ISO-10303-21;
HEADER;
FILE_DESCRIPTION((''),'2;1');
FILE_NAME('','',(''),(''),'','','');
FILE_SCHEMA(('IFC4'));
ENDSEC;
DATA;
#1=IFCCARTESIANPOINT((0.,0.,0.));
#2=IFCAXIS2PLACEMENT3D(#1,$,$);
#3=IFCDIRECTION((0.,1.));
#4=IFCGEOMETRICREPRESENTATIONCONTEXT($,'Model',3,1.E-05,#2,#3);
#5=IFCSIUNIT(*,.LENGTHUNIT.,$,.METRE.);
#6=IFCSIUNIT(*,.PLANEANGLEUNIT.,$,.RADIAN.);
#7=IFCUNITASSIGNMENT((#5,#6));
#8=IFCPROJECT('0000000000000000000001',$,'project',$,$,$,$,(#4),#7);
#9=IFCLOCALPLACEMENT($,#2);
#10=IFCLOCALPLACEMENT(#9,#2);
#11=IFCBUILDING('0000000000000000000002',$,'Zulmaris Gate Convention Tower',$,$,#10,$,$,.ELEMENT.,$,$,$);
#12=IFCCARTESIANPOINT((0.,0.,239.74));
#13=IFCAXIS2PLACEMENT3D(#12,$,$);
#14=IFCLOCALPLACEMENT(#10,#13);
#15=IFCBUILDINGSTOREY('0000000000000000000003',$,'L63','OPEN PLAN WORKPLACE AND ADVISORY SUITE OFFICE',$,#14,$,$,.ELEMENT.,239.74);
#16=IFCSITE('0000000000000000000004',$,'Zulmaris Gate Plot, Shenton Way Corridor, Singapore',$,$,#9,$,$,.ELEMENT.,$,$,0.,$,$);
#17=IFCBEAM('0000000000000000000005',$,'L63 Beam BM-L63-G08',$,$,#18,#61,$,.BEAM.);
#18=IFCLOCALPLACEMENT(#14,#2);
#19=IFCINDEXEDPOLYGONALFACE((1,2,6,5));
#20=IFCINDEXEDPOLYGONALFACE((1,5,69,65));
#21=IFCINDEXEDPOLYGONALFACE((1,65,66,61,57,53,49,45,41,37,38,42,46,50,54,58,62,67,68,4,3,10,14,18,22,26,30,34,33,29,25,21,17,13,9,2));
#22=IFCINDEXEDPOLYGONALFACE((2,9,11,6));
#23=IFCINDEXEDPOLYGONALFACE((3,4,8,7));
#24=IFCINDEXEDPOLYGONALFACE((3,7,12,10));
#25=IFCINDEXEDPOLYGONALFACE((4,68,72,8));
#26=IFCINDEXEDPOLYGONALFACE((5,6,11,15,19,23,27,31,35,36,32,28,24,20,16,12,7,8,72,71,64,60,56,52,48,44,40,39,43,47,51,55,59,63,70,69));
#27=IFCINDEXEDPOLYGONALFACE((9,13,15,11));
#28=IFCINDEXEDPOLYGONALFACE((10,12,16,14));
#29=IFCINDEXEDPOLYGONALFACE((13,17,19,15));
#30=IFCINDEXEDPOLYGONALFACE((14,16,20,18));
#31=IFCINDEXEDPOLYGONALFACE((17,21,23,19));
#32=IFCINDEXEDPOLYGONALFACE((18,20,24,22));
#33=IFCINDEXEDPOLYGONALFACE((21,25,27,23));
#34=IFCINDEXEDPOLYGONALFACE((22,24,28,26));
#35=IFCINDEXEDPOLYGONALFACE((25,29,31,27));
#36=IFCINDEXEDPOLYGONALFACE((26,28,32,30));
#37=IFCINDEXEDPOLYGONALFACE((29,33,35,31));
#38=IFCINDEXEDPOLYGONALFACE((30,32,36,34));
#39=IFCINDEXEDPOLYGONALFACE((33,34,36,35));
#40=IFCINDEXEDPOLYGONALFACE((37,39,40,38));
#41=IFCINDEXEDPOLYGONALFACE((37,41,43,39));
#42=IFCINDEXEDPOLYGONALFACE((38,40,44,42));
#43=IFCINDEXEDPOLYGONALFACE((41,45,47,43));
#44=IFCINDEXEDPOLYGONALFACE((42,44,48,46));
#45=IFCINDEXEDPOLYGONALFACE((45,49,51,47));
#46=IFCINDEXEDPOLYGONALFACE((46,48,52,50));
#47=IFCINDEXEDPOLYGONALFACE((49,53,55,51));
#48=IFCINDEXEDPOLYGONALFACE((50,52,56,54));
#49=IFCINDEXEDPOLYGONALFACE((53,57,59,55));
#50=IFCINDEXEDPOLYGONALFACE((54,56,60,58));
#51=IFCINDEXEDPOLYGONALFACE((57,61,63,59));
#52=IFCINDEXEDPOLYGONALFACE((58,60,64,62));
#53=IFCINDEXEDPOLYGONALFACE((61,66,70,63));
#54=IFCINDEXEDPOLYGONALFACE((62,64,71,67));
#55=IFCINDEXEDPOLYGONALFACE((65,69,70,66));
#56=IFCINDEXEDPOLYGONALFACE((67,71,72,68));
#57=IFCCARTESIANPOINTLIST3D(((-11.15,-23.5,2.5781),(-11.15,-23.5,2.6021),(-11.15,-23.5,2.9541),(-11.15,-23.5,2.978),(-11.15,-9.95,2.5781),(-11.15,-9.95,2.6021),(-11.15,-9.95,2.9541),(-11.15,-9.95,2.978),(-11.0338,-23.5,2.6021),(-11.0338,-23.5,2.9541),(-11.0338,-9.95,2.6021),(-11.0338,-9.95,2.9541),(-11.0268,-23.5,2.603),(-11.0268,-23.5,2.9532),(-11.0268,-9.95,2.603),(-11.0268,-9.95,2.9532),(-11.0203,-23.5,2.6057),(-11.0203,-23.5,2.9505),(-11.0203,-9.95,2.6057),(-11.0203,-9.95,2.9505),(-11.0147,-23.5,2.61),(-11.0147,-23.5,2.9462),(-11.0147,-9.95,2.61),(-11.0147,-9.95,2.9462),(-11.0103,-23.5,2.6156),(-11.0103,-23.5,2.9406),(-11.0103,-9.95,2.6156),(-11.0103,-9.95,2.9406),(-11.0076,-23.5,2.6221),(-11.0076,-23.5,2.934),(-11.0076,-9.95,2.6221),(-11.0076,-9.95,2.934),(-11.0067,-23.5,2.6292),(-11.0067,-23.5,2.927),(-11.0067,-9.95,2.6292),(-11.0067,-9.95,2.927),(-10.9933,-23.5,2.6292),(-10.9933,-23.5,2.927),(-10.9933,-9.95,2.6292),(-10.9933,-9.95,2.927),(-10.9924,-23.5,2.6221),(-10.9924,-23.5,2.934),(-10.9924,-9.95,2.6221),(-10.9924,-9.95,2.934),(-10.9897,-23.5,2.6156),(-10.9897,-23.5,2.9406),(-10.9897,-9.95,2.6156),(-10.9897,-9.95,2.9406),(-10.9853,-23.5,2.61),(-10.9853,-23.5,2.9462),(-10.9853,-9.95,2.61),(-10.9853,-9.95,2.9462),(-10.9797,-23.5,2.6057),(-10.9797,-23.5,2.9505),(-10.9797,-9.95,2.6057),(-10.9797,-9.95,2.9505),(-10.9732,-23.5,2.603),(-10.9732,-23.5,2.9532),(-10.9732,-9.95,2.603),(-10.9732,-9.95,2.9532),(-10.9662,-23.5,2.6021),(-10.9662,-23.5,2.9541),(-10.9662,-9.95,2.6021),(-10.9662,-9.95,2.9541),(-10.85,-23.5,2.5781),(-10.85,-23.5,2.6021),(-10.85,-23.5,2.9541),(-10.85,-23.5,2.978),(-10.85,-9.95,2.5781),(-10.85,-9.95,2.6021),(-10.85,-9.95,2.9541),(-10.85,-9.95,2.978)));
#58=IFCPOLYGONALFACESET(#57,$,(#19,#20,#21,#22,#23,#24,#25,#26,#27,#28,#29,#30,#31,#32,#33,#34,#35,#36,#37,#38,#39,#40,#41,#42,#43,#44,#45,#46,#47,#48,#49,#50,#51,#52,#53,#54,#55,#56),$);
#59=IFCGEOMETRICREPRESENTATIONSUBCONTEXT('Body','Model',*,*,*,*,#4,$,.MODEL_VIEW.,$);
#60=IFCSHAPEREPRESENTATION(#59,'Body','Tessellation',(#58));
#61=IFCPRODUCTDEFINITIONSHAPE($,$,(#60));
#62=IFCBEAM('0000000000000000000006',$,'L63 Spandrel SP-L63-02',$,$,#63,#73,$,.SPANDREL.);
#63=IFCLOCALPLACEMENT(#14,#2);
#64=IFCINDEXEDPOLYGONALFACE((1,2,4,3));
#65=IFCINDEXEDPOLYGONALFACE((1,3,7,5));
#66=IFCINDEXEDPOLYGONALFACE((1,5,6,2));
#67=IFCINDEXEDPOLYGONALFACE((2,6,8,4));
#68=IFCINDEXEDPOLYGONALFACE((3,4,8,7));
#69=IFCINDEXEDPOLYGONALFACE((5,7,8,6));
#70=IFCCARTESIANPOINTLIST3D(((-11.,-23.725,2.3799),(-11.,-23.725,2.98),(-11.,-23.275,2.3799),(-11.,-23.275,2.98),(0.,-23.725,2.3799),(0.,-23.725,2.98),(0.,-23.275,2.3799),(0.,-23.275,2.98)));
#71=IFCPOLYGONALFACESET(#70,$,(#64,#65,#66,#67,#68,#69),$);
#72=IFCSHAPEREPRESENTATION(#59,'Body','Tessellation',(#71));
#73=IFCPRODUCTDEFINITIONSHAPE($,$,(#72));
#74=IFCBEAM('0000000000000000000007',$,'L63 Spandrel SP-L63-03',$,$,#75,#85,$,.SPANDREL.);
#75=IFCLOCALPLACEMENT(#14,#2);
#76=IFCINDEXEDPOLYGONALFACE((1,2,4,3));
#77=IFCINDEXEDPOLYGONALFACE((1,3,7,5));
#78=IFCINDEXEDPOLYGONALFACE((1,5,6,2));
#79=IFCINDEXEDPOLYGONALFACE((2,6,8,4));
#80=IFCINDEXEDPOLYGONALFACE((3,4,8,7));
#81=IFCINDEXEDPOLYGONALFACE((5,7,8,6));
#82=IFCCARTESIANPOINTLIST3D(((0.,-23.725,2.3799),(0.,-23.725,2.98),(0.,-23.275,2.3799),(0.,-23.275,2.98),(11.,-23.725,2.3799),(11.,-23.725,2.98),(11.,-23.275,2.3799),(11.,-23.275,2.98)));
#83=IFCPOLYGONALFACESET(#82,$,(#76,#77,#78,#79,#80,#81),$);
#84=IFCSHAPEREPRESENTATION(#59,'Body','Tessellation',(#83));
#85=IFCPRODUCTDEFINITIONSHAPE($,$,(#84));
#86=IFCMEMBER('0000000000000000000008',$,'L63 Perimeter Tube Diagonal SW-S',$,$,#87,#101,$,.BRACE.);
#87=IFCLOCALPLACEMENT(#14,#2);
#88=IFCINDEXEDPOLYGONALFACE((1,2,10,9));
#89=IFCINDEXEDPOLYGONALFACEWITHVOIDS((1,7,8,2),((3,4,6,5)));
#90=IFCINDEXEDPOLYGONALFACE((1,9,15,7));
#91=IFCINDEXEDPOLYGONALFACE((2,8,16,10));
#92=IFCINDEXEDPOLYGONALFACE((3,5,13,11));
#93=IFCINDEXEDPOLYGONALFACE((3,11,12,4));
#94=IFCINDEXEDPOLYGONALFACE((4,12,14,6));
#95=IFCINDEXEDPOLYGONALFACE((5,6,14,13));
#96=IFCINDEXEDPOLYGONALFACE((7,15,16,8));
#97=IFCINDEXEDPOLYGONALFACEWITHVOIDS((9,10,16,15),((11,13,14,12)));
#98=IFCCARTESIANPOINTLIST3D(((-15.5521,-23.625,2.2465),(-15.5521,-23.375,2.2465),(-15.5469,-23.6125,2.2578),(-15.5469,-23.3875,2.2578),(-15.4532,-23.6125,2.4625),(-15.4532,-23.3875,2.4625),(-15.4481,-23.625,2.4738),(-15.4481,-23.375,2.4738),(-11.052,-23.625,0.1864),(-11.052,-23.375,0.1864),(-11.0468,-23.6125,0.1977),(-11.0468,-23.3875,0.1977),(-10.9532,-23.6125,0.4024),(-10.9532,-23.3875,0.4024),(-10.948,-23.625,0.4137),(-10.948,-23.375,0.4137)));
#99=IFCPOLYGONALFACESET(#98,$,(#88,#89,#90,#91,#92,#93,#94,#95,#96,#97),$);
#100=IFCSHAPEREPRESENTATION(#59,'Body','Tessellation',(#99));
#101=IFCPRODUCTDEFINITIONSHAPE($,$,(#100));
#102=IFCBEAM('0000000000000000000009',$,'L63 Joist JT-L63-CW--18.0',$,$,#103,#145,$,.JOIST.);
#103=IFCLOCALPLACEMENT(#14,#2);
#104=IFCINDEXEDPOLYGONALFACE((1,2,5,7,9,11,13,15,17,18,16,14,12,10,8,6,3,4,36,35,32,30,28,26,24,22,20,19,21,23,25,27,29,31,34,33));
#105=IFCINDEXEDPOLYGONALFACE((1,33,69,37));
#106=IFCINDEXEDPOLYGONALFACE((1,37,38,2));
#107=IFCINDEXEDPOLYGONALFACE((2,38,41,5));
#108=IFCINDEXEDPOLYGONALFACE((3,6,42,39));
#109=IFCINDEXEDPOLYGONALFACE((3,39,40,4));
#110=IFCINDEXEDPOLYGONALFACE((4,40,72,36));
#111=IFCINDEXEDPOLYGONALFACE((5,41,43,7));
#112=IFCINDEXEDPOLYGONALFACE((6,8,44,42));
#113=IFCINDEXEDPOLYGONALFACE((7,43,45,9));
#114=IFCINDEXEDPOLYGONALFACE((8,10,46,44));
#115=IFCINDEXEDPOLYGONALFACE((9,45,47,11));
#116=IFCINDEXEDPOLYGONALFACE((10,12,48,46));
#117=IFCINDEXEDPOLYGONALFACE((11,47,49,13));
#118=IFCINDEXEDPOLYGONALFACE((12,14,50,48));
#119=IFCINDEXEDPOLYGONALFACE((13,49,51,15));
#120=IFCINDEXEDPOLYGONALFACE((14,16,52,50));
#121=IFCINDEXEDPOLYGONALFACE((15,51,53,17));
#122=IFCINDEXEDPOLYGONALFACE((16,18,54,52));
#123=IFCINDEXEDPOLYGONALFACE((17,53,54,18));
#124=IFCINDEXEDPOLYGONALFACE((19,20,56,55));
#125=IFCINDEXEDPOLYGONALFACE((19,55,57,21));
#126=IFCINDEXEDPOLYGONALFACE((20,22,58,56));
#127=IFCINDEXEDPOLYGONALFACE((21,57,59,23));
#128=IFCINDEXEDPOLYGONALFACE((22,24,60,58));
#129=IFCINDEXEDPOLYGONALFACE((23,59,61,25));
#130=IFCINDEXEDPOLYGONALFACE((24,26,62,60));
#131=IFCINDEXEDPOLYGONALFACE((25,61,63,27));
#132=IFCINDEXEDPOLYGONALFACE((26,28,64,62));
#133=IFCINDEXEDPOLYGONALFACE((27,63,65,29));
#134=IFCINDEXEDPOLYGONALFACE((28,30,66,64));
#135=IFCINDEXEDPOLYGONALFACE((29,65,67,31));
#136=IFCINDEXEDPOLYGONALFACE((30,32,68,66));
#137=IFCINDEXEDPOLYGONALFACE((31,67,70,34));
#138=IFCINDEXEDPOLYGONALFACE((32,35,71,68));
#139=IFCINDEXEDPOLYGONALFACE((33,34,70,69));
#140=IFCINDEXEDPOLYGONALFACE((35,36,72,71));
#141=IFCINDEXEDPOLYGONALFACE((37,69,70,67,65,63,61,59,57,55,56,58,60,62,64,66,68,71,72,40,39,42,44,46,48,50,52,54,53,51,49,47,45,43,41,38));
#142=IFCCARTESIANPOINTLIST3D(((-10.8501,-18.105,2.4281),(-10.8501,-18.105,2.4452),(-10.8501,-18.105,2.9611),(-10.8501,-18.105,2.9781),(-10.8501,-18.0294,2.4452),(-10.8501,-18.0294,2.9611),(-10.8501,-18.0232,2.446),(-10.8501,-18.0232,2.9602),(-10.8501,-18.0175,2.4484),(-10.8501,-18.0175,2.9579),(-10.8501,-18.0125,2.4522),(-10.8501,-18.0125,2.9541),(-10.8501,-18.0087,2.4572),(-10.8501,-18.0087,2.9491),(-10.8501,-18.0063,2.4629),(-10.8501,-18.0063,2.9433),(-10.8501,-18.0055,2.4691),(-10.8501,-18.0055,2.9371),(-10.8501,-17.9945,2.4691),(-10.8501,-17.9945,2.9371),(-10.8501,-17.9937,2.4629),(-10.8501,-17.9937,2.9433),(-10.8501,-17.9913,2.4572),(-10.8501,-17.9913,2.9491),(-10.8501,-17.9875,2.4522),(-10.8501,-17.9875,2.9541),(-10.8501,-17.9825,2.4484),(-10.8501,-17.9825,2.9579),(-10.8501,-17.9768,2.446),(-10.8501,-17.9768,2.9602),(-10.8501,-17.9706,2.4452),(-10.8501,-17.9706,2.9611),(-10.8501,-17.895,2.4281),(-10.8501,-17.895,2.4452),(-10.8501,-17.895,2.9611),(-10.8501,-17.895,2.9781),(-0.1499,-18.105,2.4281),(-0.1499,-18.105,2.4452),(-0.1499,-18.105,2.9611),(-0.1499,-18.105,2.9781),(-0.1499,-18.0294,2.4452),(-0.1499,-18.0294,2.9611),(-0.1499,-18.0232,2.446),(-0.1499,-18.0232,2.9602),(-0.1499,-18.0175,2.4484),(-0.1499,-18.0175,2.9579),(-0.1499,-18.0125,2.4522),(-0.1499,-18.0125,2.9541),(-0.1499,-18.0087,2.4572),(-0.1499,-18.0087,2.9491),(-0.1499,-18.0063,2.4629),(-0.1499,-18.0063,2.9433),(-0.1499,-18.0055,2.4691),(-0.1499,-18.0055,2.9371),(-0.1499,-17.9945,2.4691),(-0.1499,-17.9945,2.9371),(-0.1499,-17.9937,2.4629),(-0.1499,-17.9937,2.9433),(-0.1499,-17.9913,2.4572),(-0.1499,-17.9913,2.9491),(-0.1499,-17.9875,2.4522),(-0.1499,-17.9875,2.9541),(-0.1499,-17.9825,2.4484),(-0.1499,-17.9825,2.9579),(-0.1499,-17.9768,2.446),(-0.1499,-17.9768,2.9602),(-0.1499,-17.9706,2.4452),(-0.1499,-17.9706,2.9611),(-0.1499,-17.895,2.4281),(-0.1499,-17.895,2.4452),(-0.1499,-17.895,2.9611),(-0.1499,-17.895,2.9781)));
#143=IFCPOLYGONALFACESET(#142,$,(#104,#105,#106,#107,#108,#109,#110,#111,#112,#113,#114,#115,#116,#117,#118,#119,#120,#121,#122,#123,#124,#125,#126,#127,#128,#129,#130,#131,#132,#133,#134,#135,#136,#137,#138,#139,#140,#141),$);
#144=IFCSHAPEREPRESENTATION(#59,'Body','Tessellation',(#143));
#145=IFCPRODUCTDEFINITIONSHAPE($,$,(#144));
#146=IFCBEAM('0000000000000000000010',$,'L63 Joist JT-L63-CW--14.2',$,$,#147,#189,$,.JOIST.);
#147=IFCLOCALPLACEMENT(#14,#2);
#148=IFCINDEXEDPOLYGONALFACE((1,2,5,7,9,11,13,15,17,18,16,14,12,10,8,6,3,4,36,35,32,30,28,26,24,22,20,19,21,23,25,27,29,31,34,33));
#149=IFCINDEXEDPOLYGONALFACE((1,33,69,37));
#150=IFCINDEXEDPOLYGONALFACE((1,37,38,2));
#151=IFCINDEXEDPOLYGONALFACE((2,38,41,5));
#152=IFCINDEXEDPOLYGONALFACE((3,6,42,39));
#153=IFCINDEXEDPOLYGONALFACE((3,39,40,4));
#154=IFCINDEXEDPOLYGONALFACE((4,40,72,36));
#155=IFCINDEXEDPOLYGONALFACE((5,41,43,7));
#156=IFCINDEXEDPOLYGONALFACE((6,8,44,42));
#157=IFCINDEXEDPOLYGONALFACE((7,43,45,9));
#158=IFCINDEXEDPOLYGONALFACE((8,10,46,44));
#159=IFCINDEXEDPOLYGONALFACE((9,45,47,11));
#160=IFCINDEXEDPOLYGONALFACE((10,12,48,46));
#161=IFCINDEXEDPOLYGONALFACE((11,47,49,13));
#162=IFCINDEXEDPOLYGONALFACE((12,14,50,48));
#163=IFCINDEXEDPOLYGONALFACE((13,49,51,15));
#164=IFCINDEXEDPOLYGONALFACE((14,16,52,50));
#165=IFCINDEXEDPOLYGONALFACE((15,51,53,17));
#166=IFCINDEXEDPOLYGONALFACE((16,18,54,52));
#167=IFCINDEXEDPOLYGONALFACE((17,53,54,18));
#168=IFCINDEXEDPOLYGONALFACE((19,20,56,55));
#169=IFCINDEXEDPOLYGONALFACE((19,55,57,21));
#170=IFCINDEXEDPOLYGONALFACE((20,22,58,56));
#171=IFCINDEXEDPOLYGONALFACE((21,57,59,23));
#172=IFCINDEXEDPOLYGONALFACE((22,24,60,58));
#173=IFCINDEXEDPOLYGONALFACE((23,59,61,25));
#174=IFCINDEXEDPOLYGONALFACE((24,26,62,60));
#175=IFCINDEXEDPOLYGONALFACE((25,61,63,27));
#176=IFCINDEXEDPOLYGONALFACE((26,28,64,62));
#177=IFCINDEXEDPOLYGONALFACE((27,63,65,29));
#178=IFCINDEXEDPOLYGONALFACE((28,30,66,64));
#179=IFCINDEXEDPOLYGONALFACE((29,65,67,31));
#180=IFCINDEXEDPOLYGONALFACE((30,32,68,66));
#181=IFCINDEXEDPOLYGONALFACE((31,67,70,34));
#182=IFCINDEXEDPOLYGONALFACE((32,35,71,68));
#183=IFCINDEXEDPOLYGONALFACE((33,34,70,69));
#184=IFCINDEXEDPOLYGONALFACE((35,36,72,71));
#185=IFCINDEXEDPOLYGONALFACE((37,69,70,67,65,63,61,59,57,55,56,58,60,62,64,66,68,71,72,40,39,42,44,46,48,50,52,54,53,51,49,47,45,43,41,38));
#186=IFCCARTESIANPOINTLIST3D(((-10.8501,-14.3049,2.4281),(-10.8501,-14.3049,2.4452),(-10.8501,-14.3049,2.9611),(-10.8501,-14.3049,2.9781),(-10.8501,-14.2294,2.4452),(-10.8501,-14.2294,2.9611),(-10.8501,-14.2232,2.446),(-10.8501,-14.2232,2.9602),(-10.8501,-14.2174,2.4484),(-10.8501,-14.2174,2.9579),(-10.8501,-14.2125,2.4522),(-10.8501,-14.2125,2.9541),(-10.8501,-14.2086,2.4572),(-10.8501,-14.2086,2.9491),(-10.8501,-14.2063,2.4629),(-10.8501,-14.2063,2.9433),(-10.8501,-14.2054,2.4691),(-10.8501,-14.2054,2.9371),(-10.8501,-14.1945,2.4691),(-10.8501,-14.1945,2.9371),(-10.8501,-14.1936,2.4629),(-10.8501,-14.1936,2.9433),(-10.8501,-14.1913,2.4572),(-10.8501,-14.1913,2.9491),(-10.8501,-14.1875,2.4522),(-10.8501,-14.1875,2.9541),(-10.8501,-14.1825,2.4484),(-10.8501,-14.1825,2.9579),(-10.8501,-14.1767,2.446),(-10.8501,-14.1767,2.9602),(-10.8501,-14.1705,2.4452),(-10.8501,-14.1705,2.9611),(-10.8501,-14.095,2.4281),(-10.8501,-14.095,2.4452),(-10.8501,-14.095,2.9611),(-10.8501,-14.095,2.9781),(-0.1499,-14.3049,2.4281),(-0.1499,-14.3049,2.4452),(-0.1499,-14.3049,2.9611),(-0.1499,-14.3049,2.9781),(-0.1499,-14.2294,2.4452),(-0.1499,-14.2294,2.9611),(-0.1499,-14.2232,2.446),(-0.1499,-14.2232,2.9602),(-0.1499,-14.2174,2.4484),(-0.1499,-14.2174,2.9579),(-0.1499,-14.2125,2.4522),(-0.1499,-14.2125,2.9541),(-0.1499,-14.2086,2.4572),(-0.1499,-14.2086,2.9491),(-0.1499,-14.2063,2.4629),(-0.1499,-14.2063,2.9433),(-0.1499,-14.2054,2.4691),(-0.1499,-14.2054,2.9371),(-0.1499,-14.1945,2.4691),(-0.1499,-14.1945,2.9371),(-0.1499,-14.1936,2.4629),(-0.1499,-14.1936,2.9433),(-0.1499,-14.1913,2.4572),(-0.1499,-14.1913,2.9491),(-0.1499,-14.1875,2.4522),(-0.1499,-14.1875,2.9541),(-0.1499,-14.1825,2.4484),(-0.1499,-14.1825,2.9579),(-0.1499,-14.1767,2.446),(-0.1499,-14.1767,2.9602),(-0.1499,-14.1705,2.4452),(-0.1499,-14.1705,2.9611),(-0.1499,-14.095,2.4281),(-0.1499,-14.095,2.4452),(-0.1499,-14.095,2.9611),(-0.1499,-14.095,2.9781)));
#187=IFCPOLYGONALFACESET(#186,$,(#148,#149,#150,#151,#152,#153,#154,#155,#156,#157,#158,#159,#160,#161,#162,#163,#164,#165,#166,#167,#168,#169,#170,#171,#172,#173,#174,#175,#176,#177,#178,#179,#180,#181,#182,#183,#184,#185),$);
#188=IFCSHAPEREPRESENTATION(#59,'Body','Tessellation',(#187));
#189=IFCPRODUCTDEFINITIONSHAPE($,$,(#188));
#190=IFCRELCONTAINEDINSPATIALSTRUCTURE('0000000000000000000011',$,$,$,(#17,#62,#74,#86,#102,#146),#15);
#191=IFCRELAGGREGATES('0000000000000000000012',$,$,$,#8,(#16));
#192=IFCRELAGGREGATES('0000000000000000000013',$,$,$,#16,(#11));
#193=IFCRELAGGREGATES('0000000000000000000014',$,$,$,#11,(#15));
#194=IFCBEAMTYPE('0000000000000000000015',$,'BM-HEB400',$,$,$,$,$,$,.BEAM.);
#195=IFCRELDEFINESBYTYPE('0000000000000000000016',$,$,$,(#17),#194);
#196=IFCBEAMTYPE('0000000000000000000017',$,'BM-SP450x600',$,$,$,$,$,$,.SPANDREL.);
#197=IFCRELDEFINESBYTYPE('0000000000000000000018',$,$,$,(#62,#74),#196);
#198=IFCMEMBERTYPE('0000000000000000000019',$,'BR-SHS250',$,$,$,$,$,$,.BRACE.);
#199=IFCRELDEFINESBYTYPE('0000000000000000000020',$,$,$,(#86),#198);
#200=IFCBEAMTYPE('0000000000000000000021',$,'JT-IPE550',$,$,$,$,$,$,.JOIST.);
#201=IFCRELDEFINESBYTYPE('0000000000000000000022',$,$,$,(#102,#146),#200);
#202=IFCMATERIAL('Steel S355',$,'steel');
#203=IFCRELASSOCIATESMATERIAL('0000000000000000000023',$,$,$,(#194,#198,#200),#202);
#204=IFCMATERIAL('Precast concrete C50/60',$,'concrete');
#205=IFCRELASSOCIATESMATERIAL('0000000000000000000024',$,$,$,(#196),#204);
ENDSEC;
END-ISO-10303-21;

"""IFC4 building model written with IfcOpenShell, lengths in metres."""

from ifc_helpers import new_model, si_unit, direction, frame, origin, origin_2d, place, context, subcontext, project, spatial, rectangle, hollow_rectangle, i_section, extrude, material, material_profile, profile_set, type_object, element, save


model = new_model("IFC4")

# Units and contexts
model_context = context("Model", 3, precision=1e-05, world=origin(), true_north=direction((0.0, 1.0)))
body_context = subcontext(model_context, "Body", "Model", "MODEL_VIEW")
ifc_project = project(units=[si_unit("LENGTHUNIT", "METRE"), si_unit("PLANEANGLEUNIT", "RADIAN")], contexts=[model_context])

# Site, building, storey
site_placement = place(None, origin())
site = spatial("IfcSite", under=ifc_project, at=site_placement, Name="Zulmaris Gate Plot, Shenton Way Corridor, Singapore", CompositionType="ELEMENT", RefElevation=0.0)
building_placement = place(site_placement, origin())
building = spatial("IfcBuilding", under=site, at=building_placement, Name="Zulmaris Gate Convention Tower", CompositionType="ELEMENT")
storey_placement = place(building_placement, frame((0.0, 0.0, 239.74)))
storey = spatial("IfcBuildingStorey", under=building, at=storey_placement, Name="L63", Description="OPEN PLAN WORKPLACE AND ADVISORY SUITE OFFICE", CompositionType="ELEMENT", Elevation=239.74)

# Beams
ifc_material_1 = material(Name="Steel S355", Category="steel")
ifc_material_profile_1 = material_profile(ifc_material_1, i_section(OverallWidth=0.3, OverallDepth=0.3999, WebThickness=0.0134, FlangeThickness=0.0239, FilletRadius=0.0271, at=origin_2d()), Name="HEB 400")
ifc_profile_set_1 = profile_set([ifc_material_profile_1], Name="Steel S355")
beam_type_1 = type_object("IfcBeamType", Name="BM-HEB400", PredefinedType="BEAM", material=ifc_profile_set_1)
beam_1_placement = place(storey_placement, frame((-11.0, -23.5, 2.7781), z_axis=(0.0, 1.0, 0.0), x_axis=(-1.0, 0.0, 0.0)))
element("IfcBeam", 1, at=beam_1_placement, inside=storey, type_object=beam_type_1, Name="L63 Beam BM-L63-G08", PredefinedType="BEAM", context=body_context, shape_type="SweptSolid", body=[
    extrude(i_section(OverallWidth=0.3, OverallDepth=0.3999, WebThickness=0.0134, FlangeThickness=0.0239, FilletRadius=0.0271, at=origin_2d()), origin(), (0.0, 0.0, 1.0), 13.55),
])
ifc_material_2 = material(Name="Precast concrete C50/60", Category="concrete")
ifc_material_profile_2 = material_profile(ifc_material_2, rectangle(XDim=0.45, YDim=0.6001, at=origin_2d()), Name="RC SPANDREL 450x600")
ifc_profile_set_2 = profile_set([ifc_material_profile_2], Name="Precast concrete C50/60")
beam_type_2 = type_object("IfcBeamType", Name="BM-SP450x600", PredefinedType="SPANDREL", material=ifc_profile_set_2)
for number, where, z_axis, x_axis, name in (
    (2, (-11.0, -23.5, 2.6799), (1.0, 0.0, 0.0), (0.0, 1.0, 0.0), "L63 Spandrel SP-L63-02"),
    (3, (0.0, -23.5, 2.6799), (1.0, 0.0, 0.0), (0.0, 1.0, 0.0), "L63 Spandrel SP-L63-03"),
):
    element("IfcBeam", number, at=place(storey_placement, frame(where, z_axis=z_axis, x_axis=x_axis)), inside=storey, type_object=beam_type_2, Name=name, PredefinedType="SPANDREL", context=body_context, shape_type="SweptSolid", body=[
        extrude(rectangle(XDim=0.45, YDim=0.6001, at=origin_2d()), origin(), (0.0, 0.0, 1.0), 11.0),
    ])

# Member
ifc_material_profile_3 = material_profile(ifc_material_1, hollow_rectangle(XDim=0.25, YDim=0.25, WallThickness=0.0125, at=origin_2d()), Name="SHS 250x250x12.5")
ifc_profile_set_3 = profile_set([ifc_material_profile_3], Name="Steel S355")
member_type = type_object("IfcMemberType", Name="BR-SHS250", PredefinedType="BRACE", material=ifc_profile_set_3)
member_placement = place(storey_placement, frame((-11.0, -23.5, 0.3), z_axis=(-0.909252, 0.0, 0.416247), x_axis=(0.0, -1.0, 0.0)))
element("IfcMember", 4, at=member_placement, inside=storey, type_object=member_type, Name="L63 Perimeter Tube Diagonal SW-S", PredefinedType="BRACE", context=body_context, shape_type="SweptSolid", body=[
    extrude(hollow_rectangle(XDim=0.25, YDim=0.25, WallThickness=0.0125, at=origin_2d()), origin(), (0.0, 0.0, 1.0), 4.9492),
])

# Beams
ifc_material_profile_4 = material_profile(ifc_material_1, i_section(OverallWidth=0.21, OverallDepth=0.55, WebThickness=0.011, FlangeThickness=0.0171, FilletRadius=0.0239, at=origin_2d()), Name="IPE 550")
ifc_profile_set_4 = profile_set([ifc_material_profile_4], Name="Steel S355")
beam_type_3 = type_object("IfcBeamType", Name="JT-IPE550", PredefinedType="JOIST", material=ifc_profile_set_4)
for number, where, z_axis, x_axis, name in (
    (5, (-10.8501, -18.0, 2.7031), (1.0, 0.0, 0.0), (0.0, 1.0, 0.0), "L63 Joist JT-L63-CW--18.0"),
    (6, (-10.8501, -14.2, 2.7031), (1.0, 0.0, 0.0), (0.0, 1.0, 0.0), "L63 Joist JT-L63-CW--14.2"),
):
    element("IfcBeam", number, at=place(storey_placement, frame(where, z_axis=z_axis, x_axis=x_axis)), inside=storey, type_object=beam_type_3, Name=name, PredefinedType="JOIST", context=body_context, shape_type="SweptSolid", body=[
        extrude(i_section(OverallWidth=0.21, OverallDepth=0.55, WebThickness=0.011, FlangeThickness=0.0171, FilletRadius=0.0239, at=origin_2d()), origin(), (0.0, 0.0, 1.0), 10.7002),
    ])

save(model, "model.ifc")
